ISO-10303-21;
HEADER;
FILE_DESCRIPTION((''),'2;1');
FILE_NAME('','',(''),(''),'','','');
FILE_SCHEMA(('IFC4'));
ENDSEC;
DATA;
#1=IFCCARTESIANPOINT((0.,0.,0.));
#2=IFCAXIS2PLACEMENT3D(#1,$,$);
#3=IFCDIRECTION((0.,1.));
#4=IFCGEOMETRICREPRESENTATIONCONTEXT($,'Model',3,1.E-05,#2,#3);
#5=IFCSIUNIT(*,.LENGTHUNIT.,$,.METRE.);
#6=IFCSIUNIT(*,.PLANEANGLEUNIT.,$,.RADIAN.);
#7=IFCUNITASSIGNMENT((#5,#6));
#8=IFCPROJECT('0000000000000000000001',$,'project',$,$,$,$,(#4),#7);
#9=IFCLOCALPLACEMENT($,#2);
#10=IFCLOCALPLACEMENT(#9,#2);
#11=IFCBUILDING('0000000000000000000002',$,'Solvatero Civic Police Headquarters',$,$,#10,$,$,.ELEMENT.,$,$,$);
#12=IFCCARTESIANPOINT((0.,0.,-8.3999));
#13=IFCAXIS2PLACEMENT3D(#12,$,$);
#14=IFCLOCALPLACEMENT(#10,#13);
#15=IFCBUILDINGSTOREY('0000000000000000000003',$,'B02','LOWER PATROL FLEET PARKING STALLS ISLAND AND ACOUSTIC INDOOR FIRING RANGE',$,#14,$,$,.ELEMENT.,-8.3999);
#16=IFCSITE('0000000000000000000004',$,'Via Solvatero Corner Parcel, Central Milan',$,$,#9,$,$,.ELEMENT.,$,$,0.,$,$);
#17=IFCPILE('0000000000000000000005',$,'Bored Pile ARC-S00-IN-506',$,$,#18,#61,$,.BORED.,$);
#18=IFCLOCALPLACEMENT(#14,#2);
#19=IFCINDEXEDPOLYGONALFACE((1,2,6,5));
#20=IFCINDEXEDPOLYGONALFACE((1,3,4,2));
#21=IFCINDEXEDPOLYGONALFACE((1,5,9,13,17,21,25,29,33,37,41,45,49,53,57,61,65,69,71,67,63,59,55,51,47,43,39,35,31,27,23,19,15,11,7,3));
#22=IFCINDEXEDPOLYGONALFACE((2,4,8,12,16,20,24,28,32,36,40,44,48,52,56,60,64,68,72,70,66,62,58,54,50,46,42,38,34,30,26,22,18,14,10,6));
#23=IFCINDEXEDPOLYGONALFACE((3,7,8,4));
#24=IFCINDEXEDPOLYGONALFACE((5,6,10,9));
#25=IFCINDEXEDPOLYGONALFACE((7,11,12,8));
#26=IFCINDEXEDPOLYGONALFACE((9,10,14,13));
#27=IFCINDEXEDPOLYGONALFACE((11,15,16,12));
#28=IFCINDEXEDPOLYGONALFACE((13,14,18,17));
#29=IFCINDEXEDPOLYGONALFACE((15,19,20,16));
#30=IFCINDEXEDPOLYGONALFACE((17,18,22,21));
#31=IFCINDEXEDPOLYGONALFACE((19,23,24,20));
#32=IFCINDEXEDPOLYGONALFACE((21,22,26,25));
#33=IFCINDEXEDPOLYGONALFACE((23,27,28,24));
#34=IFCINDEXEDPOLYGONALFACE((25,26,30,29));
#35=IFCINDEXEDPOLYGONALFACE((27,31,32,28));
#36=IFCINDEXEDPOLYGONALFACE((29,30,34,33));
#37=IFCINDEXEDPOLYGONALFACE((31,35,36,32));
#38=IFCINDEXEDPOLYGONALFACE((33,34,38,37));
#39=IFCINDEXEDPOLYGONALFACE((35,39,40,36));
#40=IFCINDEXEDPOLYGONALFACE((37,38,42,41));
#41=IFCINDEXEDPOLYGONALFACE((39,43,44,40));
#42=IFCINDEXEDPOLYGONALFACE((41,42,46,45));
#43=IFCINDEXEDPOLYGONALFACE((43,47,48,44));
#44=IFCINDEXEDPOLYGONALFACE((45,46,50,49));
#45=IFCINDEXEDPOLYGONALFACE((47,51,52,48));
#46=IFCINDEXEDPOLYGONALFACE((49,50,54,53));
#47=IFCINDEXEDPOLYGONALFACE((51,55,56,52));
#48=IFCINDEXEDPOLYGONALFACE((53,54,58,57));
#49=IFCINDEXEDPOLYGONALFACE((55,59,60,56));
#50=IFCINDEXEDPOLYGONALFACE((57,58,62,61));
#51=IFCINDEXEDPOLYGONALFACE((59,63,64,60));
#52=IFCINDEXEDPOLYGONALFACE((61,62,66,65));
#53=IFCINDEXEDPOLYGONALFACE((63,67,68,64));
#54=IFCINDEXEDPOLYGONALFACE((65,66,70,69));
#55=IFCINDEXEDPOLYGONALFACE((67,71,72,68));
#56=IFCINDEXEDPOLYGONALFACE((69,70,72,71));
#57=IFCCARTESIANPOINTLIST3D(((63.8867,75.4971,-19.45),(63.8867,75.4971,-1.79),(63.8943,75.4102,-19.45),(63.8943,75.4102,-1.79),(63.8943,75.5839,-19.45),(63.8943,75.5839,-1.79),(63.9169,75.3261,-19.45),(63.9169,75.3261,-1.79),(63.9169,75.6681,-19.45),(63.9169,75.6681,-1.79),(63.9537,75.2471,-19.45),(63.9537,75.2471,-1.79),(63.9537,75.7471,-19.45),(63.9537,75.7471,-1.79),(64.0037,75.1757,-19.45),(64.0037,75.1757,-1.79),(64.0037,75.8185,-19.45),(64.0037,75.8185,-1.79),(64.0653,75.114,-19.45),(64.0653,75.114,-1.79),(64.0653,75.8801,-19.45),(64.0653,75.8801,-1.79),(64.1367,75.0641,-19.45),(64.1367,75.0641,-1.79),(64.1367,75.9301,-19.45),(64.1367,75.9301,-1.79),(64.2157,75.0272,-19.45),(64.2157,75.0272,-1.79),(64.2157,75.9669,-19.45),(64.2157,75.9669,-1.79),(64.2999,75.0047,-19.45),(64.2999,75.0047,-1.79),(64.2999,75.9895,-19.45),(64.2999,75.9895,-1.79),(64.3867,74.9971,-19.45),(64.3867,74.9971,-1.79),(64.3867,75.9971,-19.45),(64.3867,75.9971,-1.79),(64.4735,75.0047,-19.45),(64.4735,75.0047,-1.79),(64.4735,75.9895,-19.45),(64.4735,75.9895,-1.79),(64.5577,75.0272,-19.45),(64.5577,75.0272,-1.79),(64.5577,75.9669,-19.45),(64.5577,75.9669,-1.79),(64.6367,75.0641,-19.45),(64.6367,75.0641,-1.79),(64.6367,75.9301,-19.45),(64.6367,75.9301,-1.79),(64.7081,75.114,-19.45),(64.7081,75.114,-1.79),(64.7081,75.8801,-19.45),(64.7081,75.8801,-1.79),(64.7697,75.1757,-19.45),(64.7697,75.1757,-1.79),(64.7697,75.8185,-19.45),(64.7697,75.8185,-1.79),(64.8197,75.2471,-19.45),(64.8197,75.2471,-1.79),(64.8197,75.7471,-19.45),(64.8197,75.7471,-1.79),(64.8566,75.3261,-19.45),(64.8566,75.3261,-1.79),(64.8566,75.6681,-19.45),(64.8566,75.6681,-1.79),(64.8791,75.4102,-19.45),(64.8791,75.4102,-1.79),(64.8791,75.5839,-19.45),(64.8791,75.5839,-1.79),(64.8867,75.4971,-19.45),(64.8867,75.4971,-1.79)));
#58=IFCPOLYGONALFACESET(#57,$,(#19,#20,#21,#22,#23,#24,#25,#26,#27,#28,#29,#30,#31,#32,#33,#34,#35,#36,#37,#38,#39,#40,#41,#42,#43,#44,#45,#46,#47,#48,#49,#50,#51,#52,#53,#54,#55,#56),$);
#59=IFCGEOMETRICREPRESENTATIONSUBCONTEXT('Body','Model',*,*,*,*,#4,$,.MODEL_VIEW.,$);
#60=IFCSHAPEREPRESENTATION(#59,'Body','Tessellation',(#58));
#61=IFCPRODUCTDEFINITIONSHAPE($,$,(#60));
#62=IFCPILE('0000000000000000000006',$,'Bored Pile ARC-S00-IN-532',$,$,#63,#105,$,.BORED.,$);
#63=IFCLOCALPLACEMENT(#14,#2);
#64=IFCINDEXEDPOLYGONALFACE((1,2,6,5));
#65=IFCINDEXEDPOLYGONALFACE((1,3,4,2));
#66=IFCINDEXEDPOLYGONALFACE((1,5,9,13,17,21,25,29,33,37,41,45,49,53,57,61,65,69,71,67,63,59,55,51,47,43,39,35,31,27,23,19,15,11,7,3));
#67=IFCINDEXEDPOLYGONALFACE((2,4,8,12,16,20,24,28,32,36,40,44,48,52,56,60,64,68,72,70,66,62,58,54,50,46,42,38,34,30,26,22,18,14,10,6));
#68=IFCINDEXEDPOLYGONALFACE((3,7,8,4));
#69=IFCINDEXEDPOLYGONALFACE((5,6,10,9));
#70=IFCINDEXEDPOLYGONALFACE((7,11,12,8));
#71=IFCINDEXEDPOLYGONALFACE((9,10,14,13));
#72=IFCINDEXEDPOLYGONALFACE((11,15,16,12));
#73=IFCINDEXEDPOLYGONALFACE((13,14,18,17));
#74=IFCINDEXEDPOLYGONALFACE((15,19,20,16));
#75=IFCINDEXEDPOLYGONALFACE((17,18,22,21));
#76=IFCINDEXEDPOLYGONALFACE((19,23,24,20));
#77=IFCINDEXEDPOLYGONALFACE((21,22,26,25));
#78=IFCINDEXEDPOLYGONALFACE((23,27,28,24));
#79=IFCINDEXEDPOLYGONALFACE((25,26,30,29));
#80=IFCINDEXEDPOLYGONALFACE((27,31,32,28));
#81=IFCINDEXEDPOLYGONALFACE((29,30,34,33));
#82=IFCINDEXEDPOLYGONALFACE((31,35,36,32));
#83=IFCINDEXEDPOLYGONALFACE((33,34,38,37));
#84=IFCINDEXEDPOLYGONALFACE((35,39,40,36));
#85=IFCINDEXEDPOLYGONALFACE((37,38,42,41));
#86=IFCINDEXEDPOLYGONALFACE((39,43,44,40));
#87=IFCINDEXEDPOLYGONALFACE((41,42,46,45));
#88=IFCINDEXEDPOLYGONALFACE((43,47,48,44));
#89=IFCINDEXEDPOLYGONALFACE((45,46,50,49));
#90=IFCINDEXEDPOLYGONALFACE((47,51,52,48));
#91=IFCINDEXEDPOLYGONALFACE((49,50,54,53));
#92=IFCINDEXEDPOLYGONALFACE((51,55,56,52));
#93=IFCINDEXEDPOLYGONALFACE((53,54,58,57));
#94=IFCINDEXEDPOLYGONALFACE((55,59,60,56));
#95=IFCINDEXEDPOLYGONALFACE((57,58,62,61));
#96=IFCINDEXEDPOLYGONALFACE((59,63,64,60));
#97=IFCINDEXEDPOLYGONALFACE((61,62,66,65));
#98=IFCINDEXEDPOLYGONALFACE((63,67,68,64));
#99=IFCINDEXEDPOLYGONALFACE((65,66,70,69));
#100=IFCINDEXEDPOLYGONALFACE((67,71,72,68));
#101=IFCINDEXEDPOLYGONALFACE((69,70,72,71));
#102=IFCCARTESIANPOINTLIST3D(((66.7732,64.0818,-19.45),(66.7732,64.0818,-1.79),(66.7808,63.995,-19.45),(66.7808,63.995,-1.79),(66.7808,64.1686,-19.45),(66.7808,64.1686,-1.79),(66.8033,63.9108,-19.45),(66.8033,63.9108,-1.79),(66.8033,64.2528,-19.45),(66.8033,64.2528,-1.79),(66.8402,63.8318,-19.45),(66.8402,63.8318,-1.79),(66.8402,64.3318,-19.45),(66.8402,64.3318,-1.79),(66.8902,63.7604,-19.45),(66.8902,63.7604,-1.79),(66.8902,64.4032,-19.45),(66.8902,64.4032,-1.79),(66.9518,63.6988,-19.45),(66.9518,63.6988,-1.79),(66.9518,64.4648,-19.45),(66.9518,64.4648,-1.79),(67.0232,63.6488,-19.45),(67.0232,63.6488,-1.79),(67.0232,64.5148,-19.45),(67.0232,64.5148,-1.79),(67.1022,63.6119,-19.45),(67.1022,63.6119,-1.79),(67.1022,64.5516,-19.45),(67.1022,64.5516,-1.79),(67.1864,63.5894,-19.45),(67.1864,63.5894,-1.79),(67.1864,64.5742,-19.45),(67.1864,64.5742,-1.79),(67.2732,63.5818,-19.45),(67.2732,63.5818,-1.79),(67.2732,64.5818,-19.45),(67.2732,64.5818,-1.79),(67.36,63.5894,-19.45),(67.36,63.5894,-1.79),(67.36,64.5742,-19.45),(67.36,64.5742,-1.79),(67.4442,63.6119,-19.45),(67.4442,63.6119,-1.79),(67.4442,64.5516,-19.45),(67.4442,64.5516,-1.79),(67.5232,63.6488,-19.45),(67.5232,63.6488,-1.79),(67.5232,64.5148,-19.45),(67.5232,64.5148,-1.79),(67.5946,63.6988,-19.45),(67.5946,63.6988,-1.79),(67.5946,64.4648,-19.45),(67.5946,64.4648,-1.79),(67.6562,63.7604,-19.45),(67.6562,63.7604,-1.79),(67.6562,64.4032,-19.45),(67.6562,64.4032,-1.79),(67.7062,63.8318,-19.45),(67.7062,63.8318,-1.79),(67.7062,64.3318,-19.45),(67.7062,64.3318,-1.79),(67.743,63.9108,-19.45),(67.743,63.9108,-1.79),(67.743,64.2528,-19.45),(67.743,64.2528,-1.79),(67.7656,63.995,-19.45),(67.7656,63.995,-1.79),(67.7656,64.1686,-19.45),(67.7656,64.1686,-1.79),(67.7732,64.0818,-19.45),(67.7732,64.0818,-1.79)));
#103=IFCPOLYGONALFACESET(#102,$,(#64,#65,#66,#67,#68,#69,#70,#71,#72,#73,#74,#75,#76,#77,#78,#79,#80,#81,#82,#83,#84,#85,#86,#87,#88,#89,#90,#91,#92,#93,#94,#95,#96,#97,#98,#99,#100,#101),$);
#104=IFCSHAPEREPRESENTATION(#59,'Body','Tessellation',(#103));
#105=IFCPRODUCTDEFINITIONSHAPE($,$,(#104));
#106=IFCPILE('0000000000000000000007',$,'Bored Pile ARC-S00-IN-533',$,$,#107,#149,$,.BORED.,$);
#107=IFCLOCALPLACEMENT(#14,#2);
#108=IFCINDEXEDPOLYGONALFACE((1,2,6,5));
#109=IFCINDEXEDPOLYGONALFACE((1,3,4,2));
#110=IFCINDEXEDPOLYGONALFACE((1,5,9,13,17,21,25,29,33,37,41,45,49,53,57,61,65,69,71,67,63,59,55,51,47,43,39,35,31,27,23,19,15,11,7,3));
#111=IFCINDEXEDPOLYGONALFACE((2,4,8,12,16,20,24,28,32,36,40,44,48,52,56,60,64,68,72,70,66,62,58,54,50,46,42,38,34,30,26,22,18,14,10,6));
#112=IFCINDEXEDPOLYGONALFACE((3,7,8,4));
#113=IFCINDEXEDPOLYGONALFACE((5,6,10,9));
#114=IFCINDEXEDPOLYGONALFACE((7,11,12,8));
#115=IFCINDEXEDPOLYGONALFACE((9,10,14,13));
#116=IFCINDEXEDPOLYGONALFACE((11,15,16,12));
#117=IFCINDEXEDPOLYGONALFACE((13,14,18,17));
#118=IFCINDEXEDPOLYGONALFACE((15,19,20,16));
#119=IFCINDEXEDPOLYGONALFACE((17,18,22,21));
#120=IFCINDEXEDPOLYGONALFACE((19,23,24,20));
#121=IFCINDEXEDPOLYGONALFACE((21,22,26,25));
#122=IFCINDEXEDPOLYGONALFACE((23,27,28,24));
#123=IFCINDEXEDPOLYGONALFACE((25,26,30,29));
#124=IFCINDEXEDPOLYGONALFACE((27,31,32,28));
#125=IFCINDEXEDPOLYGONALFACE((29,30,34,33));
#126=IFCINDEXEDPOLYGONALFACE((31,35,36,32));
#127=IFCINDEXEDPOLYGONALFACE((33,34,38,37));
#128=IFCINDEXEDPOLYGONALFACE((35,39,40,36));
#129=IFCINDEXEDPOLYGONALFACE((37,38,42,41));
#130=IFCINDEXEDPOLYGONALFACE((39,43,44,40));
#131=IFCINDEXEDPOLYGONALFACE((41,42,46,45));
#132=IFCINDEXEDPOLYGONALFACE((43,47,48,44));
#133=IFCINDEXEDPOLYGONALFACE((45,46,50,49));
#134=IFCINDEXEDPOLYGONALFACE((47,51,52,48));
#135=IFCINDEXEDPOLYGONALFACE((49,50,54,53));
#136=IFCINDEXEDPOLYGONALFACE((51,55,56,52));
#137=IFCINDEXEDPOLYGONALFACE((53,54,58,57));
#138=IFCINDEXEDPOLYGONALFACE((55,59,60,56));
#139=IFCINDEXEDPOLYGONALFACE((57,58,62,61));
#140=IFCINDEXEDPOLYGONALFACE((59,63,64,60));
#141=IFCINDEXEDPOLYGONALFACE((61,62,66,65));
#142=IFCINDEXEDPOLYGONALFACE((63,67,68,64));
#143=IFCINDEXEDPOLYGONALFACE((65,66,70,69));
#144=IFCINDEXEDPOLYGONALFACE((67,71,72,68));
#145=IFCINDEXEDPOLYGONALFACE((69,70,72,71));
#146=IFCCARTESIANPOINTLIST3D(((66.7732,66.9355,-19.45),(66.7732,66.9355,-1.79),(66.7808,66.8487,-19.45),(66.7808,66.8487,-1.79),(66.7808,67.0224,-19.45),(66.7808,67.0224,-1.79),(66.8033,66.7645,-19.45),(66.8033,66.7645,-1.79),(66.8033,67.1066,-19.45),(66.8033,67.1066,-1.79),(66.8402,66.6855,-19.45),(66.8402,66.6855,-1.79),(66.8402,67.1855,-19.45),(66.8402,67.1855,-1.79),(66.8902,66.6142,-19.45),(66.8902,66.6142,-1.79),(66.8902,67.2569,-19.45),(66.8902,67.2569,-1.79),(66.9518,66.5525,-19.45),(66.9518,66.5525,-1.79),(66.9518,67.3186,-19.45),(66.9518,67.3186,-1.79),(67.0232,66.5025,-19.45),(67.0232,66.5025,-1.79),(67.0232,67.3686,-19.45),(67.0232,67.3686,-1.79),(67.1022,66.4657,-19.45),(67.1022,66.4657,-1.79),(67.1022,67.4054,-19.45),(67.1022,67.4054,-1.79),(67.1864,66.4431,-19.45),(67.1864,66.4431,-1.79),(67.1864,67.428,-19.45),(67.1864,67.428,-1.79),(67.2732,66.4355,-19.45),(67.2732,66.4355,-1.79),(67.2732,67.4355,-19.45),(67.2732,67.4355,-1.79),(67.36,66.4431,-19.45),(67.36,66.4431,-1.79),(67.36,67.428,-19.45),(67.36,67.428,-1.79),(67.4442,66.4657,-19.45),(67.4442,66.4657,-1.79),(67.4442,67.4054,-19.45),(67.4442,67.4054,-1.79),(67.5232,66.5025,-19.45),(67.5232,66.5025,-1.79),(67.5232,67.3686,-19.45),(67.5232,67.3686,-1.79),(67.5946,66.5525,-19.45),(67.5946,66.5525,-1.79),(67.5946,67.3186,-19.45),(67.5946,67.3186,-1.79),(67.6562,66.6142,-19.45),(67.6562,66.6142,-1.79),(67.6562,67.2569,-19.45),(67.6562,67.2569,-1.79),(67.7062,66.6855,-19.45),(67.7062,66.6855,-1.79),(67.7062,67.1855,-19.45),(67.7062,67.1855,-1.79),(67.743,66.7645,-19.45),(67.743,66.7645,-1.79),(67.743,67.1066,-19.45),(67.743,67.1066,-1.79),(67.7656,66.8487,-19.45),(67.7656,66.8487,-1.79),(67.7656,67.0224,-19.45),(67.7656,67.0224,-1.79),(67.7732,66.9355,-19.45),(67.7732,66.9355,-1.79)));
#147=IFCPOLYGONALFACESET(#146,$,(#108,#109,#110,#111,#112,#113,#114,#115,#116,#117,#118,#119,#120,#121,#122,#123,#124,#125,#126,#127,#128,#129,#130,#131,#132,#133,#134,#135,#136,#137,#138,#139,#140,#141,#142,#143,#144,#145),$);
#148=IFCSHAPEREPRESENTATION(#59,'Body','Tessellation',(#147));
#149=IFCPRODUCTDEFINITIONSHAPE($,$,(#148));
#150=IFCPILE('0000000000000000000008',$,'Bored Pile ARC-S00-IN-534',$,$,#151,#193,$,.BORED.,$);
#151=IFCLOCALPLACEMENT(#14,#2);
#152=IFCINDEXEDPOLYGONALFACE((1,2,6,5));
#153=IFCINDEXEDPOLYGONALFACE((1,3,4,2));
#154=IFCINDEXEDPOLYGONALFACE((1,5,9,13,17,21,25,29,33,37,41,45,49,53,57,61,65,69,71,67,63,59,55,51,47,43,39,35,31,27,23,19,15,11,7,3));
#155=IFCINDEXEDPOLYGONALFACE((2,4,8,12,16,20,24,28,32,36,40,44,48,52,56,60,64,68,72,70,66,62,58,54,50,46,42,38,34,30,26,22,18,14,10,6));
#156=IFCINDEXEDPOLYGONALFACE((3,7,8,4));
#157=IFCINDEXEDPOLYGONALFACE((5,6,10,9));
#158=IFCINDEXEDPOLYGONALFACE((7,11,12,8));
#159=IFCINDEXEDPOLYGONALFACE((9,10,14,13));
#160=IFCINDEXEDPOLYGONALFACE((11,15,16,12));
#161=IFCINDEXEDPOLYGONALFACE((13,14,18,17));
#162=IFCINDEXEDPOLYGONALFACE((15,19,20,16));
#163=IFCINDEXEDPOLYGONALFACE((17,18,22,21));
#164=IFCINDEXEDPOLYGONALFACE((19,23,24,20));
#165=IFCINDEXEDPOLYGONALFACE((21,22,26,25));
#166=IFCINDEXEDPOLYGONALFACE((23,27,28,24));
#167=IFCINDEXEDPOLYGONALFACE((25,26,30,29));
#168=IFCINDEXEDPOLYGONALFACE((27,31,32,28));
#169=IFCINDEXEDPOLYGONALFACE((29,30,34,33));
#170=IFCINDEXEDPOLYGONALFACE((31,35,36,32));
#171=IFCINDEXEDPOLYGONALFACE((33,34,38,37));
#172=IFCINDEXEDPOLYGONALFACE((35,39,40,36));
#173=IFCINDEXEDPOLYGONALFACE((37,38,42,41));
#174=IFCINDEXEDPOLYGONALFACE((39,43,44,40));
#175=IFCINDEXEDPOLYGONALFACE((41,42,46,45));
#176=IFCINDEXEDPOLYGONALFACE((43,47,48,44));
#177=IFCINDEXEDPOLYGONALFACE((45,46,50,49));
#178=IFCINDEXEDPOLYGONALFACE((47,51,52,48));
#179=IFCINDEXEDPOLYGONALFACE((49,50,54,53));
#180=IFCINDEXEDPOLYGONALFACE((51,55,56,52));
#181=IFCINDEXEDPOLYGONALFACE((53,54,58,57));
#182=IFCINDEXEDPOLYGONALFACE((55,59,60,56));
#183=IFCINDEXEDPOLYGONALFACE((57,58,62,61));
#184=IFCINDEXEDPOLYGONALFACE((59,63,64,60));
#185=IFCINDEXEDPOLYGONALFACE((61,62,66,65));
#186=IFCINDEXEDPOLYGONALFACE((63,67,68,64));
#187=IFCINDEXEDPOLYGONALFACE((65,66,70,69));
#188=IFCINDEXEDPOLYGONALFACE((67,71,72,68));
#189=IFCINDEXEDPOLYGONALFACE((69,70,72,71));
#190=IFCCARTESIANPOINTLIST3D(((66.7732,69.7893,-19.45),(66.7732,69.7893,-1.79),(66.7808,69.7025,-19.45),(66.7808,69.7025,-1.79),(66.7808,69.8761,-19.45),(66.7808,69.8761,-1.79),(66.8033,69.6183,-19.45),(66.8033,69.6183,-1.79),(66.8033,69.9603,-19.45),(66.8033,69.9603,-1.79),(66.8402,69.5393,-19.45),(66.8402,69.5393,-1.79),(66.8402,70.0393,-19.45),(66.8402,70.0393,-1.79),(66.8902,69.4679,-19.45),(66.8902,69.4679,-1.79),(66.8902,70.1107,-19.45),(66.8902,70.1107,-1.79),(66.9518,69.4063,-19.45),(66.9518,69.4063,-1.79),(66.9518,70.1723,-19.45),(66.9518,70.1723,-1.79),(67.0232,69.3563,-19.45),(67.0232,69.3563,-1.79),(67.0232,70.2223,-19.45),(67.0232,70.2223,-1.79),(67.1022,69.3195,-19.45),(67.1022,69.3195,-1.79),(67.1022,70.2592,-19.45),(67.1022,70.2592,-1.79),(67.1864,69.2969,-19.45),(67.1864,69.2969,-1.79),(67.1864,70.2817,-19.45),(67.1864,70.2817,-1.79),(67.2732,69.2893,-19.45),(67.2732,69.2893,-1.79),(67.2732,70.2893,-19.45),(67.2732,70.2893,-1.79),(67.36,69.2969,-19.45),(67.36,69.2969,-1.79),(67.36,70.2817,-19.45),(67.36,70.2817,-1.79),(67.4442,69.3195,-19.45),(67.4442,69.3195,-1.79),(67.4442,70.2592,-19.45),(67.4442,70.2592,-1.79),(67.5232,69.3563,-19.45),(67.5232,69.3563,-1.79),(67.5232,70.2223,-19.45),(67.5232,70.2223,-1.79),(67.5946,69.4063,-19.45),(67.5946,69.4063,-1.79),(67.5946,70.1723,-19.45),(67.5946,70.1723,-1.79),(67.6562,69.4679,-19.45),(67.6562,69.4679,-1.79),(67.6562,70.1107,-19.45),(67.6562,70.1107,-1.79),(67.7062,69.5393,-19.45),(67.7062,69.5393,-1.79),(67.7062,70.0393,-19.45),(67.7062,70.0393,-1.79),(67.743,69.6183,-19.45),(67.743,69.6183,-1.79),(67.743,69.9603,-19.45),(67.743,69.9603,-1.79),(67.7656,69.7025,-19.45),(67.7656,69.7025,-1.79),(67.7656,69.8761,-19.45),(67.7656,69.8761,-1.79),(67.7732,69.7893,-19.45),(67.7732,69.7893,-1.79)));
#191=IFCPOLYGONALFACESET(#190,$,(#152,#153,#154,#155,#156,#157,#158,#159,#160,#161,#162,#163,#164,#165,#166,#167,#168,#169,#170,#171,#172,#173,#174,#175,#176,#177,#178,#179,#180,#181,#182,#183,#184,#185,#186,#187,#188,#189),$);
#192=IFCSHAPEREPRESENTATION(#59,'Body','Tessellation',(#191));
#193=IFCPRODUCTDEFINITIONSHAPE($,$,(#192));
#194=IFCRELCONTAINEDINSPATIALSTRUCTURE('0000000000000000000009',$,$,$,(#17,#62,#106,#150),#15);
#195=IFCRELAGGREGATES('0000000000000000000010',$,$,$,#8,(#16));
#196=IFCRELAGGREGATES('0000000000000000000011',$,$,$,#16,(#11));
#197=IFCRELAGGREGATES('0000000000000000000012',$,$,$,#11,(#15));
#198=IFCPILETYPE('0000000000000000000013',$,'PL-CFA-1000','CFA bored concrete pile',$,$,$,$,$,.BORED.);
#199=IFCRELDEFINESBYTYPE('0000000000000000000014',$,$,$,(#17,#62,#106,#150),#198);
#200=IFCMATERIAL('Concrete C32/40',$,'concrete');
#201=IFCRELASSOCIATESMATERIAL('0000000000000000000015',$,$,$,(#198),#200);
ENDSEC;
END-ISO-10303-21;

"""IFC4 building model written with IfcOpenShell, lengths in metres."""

from ifc_helpers import new_model, si_unit, direction, frame, origin, origin_2d, place, context, subcontext, project, spatial, circle, extrude, material, material_profile, profile_set, type_object, element, save


model = new_model("IFC4")

# Units and contexts
model_context = context("Model", 3, precision=1e-05, world=origin(), true_north=direction((0.0, 1.0)))
body_context = subcontext(model_context, "Body", "Model", "MODEL_VIEW")
ifc_project = project(units=[si_unit("LENGTHUNIT", "METRE"), si_unit("PLANEANGLEUNIT", "RADIAN")], contexts=[model_context])

# Site, building, storey
site_placement = place(None, origin())
site = spatial("IfcSite", under=ifc_project, at=site_placement, Name="Via Solvatero Corner Parcel, Central Milan", CompositionType="ELEMENT", RefElevation=0.0)
building_placement = place(site_placement, origin())
building = spatial("IfcBuilding", under=site, at=building_placement, Name="Solvatero Civic Police Headquarters", CompositionType="ELEMENT")
storey_placement = place(building_placement, frame((0.0, 0.0, -8.3999)))
storey = spatial("IfcBuildingStorey", under=building, at=storey_placement, Name="B02", Description="LOWER PATROL FLEET PARKING STALLS ISLAND AND ACOUSTIC INDOOR FIRING RANGE", CompositionType="ELEMENT", Elevation=-8.3999)

# Piles
ifc_material_1 = material(Name="Concrete C32/40", Category="concrete")
ifc_material_profile_1 = material_profile(ifc_material_1, circle(Radius=0.5, at=origin_2d()), Name="CFA PILE D1000")
ifc_profile_set_1 = profile_set([ifc_material_profile_1], Name="Concrete C32/40")
pile_type = type_object("IfcPileType", Name="PL-CFA-1000", Description="CFA bored concrete pile", PredefinedType="BORED", material=ifc_profile_set_1)
for number, where, z_axis, x_axis, name in (
    (1, (64.3867, 75.4971, -1.79), (0.0, 0.0, -1.0), (1.0, 0.0, 0.0), "Bored Pile ARC-S00-IN-506"),
    (2, (67.2732, 64.0818, -1.79), (0.0, 0.0, -1.0), (1.0, 0.0, 0.0), "Bored Pile ARC-S00-IN-532"),
    (3, (67.2732, 66.9355, -1.79), (0.0, 0.0, -1.0), (1.0, 0.0, 0.0), "Bored Pile ARC-S00-IN-533"),
    (4, (67.2732, 69.7893, -1.79), (0.0, 0.0, -1.0), (1.0, 0.0, 0.0), "Bored Pile ARC-S00-IN-534"),
):
    element("IfcPile", number, at=place(storey_placement, frame(where, z_axis=z_axis, x_axis=x_axis)), inside=storey, type_object=pile_type, Name=name, PredefinedType="BORED", context=body_context, shape_type="SweptSolid", body=[
        extrude(circle(Radius=0.5, at=origin_2d()), origin(), (0.0, 0.0, 1.0), 17.6599),
    ])

save(model, "model.ifc")
